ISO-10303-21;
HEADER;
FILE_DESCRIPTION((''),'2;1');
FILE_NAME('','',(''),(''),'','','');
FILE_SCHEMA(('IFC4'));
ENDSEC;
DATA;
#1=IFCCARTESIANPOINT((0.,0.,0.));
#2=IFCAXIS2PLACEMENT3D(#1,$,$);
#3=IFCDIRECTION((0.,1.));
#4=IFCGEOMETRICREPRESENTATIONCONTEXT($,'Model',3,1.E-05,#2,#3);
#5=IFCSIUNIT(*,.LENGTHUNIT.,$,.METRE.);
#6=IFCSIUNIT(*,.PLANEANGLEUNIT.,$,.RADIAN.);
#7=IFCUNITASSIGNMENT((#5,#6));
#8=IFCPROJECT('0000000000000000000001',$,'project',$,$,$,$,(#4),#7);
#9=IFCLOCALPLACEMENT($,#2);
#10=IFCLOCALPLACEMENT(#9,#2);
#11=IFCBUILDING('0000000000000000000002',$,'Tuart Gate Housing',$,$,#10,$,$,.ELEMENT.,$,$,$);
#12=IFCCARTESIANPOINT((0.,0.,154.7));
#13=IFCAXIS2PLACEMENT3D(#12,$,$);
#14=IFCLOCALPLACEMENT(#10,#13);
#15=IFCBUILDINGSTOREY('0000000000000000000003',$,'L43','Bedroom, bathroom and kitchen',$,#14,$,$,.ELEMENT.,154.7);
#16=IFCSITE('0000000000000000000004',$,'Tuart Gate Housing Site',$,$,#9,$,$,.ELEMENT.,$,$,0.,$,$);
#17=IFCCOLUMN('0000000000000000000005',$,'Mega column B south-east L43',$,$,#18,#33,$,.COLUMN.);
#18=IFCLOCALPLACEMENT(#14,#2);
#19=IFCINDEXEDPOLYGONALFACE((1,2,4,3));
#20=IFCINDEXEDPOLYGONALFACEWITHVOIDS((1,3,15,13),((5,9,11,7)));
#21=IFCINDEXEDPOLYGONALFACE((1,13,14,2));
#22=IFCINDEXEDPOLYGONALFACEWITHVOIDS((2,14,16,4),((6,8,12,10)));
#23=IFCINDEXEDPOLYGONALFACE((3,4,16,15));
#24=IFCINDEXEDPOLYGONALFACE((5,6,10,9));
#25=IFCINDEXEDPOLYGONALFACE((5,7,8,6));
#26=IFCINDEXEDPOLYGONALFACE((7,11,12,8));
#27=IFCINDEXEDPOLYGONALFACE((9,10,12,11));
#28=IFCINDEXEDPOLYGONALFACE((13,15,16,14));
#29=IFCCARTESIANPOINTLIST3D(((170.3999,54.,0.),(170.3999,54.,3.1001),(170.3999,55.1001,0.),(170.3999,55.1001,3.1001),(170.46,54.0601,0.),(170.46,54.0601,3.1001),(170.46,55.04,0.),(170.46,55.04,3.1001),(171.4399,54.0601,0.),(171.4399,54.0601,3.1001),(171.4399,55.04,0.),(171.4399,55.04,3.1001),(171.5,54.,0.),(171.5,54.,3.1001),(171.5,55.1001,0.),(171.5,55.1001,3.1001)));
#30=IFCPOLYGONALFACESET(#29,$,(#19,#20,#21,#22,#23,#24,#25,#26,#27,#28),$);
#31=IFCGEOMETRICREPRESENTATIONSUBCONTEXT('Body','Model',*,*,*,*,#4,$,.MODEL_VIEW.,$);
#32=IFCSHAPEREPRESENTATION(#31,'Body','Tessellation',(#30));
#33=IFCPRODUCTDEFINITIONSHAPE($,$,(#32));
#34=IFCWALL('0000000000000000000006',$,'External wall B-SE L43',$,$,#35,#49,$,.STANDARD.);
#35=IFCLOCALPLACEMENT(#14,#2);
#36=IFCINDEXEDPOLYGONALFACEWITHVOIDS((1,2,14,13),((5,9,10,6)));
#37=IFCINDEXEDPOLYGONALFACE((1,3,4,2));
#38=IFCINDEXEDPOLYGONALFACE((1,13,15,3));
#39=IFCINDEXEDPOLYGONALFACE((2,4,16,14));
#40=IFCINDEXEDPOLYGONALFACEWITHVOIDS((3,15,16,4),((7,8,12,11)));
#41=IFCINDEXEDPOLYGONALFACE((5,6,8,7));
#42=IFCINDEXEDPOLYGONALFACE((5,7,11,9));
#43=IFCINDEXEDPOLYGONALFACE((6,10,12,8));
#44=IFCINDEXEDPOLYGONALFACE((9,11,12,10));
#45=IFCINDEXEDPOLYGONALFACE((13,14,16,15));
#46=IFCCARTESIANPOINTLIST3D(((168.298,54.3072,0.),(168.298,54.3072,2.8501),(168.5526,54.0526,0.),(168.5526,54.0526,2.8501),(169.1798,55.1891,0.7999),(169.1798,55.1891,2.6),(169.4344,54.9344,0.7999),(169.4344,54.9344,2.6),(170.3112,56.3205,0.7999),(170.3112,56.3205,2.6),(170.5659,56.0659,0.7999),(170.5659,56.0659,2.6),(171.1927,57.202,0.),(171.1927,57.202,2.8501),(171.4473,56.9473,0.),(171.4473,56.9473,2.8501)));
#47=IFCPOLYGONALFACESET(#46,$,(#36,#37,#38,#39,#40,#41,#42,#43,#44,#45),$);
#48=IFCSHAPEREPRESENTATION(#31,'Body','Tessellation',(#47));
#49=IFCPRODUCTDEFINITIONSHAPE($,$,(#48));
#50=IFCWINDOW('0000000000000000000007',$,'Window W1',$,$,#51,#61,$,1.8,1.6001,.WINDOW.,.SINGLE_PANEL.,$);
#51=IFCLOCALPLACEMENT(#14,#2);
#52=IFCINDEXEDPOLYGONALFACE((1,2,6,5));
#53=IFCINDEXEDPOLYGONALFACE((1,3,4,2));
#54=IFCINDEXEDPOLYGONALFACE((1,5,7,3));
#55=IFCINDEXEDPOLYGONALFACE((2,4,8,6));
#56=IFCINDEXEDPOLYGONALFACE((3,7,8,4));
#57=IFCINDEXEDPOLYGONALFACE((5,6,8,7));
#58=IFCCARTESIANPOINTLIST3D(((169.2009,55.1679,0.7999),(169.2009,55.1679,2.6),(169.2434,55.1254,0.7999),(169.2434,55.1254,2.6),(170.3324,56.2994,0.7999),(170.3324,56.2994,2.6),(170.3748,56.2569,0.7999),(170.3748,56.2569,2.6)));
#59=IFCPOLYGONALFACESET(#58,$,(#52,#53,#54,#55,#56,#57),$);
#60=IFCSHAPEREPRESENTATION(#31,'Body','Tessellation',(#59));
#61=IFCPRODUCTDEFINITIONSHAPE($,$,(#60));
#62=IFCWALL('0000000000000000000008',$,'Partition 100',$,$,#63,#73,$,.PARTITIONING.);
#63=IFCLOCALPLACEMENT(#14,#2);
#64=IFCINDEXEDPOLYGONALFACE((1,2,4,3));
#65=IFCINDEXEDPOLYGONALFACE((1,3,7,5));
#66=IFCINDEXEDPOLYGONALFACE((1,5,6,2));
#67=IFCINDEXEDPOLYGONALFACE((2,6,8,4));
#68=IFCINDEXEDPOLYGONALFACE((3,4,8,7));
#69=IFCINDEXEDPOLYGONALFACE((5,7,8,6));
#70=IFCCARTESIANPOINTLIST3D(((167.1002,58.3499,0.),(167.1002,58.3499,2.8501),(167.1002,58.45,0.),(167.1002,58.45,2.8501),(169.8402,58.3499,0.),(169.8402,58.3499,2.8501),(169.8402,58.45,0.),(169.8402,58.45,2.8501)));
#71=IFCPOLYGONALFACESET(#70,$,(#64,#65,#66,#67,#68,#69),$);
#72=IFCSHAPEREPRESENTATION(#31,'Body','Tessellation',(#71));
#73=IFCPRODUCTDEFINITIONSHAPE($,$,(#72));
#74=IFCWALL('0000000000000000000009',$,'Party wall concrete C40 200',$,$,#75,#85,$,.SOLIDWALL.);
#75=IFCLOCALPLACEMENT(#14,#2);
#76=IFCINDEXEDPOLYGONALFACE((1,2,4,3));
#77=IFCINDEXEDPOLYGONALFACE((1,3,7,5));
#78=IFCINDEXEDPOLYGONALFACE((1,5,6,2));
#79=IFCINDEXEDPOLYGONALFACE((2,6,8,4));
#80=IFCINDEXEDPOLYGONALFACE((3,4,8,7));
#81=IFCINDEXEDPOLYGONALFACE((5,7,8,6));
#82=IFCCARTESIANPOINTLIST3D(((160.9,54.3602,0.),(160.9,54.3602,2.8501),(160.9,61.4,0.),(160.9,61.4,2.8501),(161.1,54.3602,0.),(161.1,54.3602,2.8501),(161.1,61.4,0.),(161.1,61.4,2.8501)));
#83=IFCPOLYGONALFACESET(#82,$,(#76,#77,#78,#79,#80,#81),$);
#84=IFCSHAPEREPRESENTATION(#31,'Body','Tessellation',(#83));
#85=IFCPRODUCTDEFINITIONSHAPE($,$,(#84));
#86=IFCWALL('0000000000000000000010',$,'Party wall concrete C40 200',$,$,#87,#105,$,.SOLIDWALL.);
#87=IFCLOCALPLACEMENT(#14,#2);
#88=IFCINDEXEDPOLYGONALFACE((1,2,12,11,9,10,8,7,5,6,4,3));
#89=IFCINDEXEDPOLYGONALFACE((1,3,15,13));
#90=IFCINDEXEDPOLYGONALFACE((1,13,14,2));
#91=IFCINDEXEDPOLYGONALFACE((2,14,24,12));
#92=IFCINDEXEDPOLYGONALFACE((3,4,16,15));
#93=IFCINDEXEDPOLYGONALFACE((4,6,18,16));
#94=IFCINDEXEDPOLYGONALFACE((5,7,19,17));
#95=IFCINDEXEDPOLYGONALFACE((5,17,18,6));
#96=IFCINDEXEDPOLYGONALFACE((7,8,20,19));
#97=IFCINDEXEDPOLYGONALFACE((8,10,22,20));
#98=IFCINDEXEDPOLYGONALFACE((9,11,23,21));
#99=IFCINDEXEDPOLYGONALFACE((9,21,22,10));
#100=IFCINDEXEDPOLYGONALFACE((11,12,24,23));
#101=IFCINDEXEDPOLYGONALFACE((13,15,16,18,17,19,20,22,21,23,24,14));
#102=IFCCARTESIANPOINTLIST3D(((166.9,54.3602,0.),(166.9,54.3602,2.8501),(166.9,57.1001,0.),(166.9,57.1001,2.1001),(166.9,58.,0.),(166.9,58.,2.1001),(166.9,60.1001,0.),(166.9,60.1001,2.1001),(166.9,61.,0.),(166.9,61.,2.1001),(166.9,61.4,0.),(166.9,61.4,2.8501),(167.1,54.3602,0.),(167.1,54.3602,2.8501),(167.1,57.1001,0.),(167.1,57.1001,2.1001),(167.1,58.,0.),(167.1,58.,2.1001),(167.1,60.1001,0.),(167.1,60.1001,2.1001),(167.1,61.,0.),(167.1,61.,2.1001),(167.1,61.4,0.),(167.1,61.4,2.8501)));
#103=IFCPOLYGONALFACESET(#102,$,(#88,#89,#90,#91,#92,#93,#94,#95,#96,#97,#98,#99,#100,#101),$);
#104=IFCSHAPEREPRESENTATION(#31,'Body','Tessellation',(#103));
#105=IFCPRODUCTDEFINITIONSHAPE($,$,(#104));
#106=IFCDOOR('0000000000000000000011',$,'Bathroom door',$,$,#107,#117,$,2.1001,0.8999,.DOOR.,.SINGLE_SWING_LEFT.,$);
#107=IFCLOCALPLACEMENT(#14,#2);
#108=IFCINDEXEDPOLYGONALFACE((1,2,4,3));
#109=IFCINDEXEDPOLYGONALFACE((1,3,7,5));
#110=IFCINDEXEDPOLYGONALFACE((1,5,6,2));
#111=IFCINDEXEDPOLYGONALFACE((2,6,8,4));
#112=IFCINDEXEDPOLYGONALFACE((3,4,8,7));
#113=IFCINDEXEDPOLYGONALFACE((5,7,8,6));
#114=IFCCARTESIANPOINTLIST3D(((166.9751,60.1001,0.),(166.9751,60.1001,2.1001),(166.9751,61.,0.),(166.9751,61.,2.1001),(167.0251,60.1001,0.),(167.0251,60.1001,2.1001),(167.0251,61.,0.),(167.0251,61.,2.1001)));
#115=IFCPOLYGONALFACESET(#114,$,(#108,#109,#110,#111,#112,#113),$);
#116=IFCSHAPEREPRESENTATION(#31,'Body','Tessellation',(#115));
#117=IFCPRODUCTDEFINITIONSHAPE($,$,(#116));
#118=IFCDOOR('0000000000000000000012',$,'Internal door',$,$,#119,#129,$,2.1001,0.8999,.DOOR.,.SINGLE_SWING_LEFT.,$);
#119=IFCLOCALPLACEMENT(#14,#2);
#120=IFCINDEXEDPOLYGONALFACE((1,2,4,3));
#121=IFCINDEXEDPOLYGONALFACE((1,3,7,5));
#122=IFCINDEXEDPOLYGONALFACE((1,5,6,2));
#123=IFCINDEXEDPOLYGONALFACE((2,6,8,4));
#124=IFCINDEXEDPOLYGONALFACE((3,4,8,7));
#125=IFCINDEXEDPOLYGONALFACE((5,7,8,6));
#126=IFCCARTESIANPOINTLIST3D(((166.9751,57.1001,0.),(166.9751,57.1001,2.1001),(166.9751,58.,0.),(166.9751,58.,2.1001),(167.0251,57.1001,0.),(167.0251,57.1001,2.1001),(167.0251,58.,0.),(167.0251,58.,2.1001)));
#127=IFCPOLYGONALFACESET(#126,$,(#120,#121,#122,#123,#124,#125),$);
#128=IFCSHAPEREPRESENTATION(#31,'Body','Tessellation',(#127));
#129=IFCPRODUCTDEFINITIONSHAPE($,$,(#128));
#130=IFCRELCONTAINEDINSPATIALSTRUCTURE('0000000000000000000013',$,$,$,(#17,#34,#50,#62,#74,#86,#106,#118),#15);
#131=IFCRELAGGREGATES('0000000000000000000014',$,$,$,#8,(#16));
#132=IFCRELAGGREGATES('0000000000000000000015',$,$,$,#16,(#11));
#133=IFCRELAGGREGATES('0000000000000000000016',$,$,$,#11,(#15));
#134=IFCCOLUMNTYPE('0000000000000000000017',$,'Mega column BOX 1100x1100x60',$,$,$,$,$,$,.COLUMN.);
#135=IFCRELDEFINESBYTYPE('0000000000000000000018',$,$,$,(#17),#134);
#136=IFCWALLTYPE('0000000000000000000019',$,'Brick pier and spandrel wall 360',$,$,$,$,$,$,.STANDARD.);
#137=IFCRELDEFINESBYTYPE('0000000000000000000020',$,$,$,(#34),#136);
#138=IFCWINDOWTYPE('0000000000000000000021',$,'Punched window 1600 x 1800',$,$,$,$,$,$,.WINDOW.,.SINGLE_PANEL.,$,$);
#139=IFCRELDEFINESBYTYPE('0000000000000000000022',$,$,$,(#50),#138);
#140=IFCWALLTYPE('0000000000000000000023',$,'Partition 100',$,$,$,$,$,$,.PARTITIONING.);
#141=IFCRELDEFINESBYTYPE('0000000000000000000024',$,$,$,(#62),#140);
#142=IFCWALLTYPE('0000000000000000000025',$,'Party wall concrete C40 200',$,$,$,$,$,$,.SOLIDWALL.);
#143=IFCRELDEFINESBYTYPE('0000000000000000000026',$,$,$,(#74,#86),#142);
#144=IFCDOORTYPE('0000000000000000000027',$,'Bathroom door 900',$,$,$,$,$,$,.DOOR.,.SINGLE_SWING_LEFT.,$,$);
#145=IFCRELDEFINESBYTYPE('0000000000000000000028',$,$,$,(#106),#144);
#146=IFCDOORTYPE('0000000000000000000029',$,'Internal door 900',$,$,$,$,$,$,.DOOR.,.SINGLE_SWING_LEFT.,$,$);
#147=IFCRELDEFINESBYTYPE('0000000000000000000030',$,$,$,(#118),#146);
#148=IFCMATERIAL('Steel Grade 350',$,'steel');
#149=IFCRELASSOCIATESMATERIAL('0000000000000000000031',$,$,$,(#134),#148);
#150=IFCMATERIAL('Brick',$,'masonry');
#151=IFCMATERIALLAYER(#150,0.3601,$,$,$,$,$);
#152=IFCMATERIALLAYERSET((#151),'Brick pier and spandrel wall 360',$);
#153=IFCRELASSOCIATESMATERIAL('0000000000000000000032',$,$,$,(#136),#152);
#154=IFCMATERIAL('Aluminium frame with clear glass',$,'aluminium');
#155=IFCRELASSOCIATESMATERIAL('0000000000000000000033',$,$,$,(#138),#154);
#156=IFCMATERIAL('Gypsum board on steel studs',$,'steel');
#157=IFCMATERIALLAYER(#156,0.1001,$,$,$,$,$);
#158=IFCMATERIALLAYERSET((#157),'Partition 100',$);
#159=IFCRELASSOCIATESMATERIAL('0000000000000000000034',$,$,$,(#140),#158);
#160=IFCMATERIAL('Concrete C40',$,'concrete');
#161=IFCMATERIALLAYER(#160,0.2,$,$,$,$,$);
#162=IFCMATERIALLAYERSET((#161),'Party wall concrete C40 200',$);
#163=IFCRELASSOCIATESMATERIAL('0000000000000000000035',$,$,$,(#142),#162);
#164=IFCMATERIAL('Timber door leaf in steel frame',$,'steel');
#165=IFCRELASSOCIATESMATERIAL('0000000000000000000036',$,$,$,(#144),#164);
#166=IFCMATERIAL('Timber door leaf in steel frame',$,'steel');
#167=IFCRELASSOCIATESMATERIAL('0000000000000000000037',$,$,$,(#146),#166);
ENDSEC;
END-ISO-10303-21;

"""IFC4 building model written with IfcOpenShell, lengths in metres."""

from ifc_helpers import new_model, si_unit, direction, frame, frame_2d, origin, origin_2d, place, context, subcontext, project, spatial, rectangle, hollow_rectangle, extrude, material, layer, layer_set, material_profile, profile_set, type_object, element, fill, save


model = new_model("IFC4")

# Units and contexts
model_context = context("Model", 3, precision=1e-05, world=origin(), true_north=direction((0.0, 1.0)))
body_context = subcontext(model_context, "Body", "Model", "MODEL_VIEW")
ifc_project = project(units=[si_unit("LENGTHUNIT", "METRE"), si_unit("PLANEANGLEUNIT", "RADIAN")], contexts=[model_context])

# Site, building, storey
site_placement = place(None, origin())
site = spatial("IfcSite", under=ifc_project, at=site_placement, Name="Tuart Gate Housing Site", CompositionType="ELEMENT", RefElevation=0.0)
building_placement = place(site_placement, origin())
building = spatial("IfcBuilding", under=site, at=building_placement, Name="Tuart Gate Housing", CompositionType="ELEMENT")
storey_placement = place(building_placement, frame((0.0, 0.0, 154.7)))
storey = spatial("IfcBuildingStorey", under=building, at=storey_placement, Name="L43", Description="Bedroom, bathroom and kitchen", CompositionType="ELEMENT", Elevation=154.7)

# Column
ifc_material_1 = material(Name="Steel Grade 350", Category="steel")
ifc_material_profile = material_profile(ifc_material_1, hollow_rectangle(XDim=1.1001, YDim=1.1001, WallThickness=0.0601, at=origin_2d()), Name="BOX 1100x1100x60")
ifc_profile_set = profile_set([ifc_material_profile], Name="Steel Grade 350")
column_type = type_object("IfcColumnType", Name="Mega column BOX 1100x1100x60", PredefinedType="COLUMN", material=ifc_profile_set)
column_placement = place(storey_placement, frame((170.95, 54.55, 0.0), z_axis=(0.0, 0.0, 1.0), x_axis=(1.0, 0.0, 0.0)))
element("IfcColumn", 1, at=column_placement, inside=storey, type_object=column_type, Name="Mega column B south-east L43", PredefinedType="COLUMN", context=body_context, shape_type="SweptSolid", body=[
    extrude(hollow_rectangle(XDim=1.1001, YDim=1.1001, WallThickness=0.0601, at=origin_2d()), origin(), (0.0, 0.0, 1.0), 3.1001),
])

# Wall, opening, window
ifc_material_2 = material(Name="Brick", Category="masonry")
ifc_layer_1 = layer(ifc_material_2, 0.3601)
ifc_layer_set_1 = layer_set([ifc_layer_1], Name="Brick pier and spandrel wall 360")
wall_type_1 = type_object("IfcWallType", Name="Brick pier and spandrel wall 360", PredefinedType="STANDARD", material=ifc_layer_set_1)
wall_1_placement = place(storey_placement, frame((168.4253, 54.1799, 0.0), z_axis=(0.0, 0.0, 1.0), x_axis=(0.707107, 0.707107, 0.0)))
wall_1 = element("IfcWall", 2, at=wall_1_placement, inside=storey, type_object=wall_type_1, Name="External wall B-SE L43", PredefinedType="STANDARD", context=body_context, shape_type="SweptSolid", body=[
    extrude(rectangle(XDim=4.0938, YDim=0.3601, at=frame_2d((2.0469, 0.0))), origin(), (0.0, 0.0, 1.0), 2.8501),
])
opening_1_placement = place(wall_1_placement, frame((1.2471, 0.0, 0.8)))
opening_1 = element("IfcOpeningElement", 3, at=opening_1_placement, cuts=wall_1, PredefinedType="OPENING", context=body_context, shape_type="SweptSolid", body=[
    extrude(rectangle(XDim=1.6001, YDim=1.8, at=frame_2d((0.8, 0.8999))), frame((0.0, 0.1899, 0.0), z_axis=(0.0, -1.0, 0.0), x_axis=(1.0, 0.0, 0.0)), (0.0, 0.0, 1.0), 0.3801),
])
ifc_material_3 = material(Name="Aluminium frame with clear glass", Category="aluminium")
window_type_1 = type_object("IfcWindowType", Name="Punched window 1600 x 1800", PartitioningType="SINGLE_PANEL", PredefinedType="WINDOW", material=ifc_material_3)
window_1_placement = place(opening_1_placement, origin())
window_1 = element("IfcWindow", 4, at=window_1_placement, inside=storey, type_object=window_type_1, Name="Window W1", OverallHeight=1.8, OverallWidth=1.6001, PartitioningType="SINGLE_PANEL", PredefinedType="WINDOW", context=body_context, shape_type="SweptSolid", body=[
    extrude(rectangle(XDim=1.6001, YDim=1.8, at=frame_2d((0.8, 0.8999))), frame((0.0, 0.1501, 0.0), z_axis=(0.0, -1.0, 0.0), x_axis=(1.0, 0.0, 0.0)), (0.0, 0.0, 1.0), 0.0601),
])
fill(opening_1, window_1)

# Walls
ifc_material_4 = material(Name="Gypsum board on steel studs", Category="steel")
ifc_layer_2 = layer(ifc_material_4, 0.1001)
ifc_layer_set_2 = layer_set([ifc_layer_2], Name="Partition 100")
wall_type_2 = type_object("IfcWallType", Name="Partition 100", PredefinedType="PARTITIONING", material=ifc_layer_set_2)
wall_2_placement = place(storey_placement, frame((167.1001, 58.3999, 0.0), z_axis=(0.0, 0.0, 1.0), x_axis=(1.0, 0.0, 0.0)))
element("IfcWall", 5, at=wall_2_placement, inside=storey, type_object=wall_type_2, Name="Partition 100", PredefinedType="PARTITIONING", context=body_context, shape_type="SweptSolid", body=[
    extrude(rectangle(XDim=2.74, YDim=0.1001, at=frame_2d((1.3701, 0.0))), origin(), (0.0, 0.0, 1.0), 2.8501),
])
ifc_material_5 = material(Name="Concrete C40", Category="concrete")
ifc_layer_3 = layer(ifc_material_5, 0.2)
ifc_layer_set_3 = layer_set([ifc_layer_3], Name="Party wall concrete C40 200")
wall_type_3 = type_object("IfcWallType", Name="Party wall concrete C40 200", PredefinedType="SOLIDWALL", material=ifc_layer_set_3)
wall_3_placement = place(storey_placement, frame((161.0, 54.3601, 0.0), z_axis=(0.0, 0.0, 1.0), x_axis=(0.0, 1.0, 0.0)))
element("IfcWall", 6, at=wall_3_placement, inside=storey, type_object=wall_type_3, Name="Party wall concrete C40 200", PredefinedType="SOLIDWALL", context=body_context, shape_type="SweptSolid", body=[
    extrude(rectangle(XDim=7.0398, YDim=0.2, at=frame_2d((3.52, 0.0))), origin(), (0.0, 0.0, 1.0), 2.8501),
])

# Wall, openings, doors
wall_4_placement = place(storey_placement, frame((167.0, 54.3601, 0.0), z_axis=(0.0, 0.0, 1.0), x_axis=(0.0, 1.0, 0.0)))
wall_4 = element("IfcWall", 7, at=wall_4_placement, inside=storey, type_object=wall_type_3, Name="Party wall concrete C40 200", PredefinedType="SOLIDWALL", context=body_context, shape_type="SweptSolid", body=[
    extrude(rectangle(XDim=7.0398, YDim=0.2, at=frame_2d((3.52, 0.0))), origin(), (0.0, 0.0, 1.0), 2.8501),
])
opening_2_placement = place(wall_4_placement, frame((2.74, 0.0, 0.0)))
opening_2 = element("IfcOpeningElement", 8, at=opening_2_placement, cuts=wall_4, PredefinedType="OPENING", context=body_context, shape_type="SweptSolid", body=[
    extrude(rectangle(XDim=0.8999, YDim=2.1001, at=frame_2d((0.45, 1.05))), frame((0.0, 0.1099, 0.0), z_axis=(0.0, -1.0, 0.0), x_axis=(1.0, 0.0, 0.0)), (0.0, 0.0, 1.0), 0.22),
])
opening_3_placement = place(wall_4_placement, frame((5.74, 0.0, 0.0)))
opening_3 = element("IfcOpeningElement", 9, at=opening_3_placement, cuts=wall_4, PredefinedType="OPENING", context=body_context, shape_type="SweptSolid", body=[
    extrude(rectangle(XDim=0.8999, YDim=2.1001, at=frame_2d((0.45, 1.05))), frame((0.0, 0.1099, 0.0), z_axis=(0.0, -1.0, 0.0), x_axis=(1.0, 0.0, 0.0)), (0.0, 0.0, 1.0), 0.22),
])
ifc_material_6 = material(Name="Timber door leaf in steel frame", Category="steel")
door_type_1 = type_object("IfcDoorType", Name="Bathroom door 900", OperationType="SINGLE_SWING_LEFT", PredefinedType="DOOR", material=ifc_material_6)
door_1_placement = place(opening_3_placement, frame((0.8999, 0.0, 0.0), z_axis=(0.0, 0.0, 1.0), x_axis=(-1.0, 0.0, 0.0)))
door_1 = element("IfcDoor", 10, at=door_1_placement, inside=storey, type_object=door_type_1, Name="Bathroom door", OperationType="SINGLE_SWING_LEFT", OverallHeight=2.1001, OverallWidth=0.8999, PredefinedType="DOOR", context=body_context, shape_type="SweptSolid", body=[
    extrude(rectangle(XDim=0.8999, YDim=2.1001, at=frame_2d((0.45, 1.05))), frame((0.0, 0.0251, 0.0), z_axis=(0.0, -1.0, 0.0), x_axis=(1.0, 0.0, 0.0)), (0.0, 0.0, 1.0), 0.05),
])
fill(opening_3, door_1)
ifc_material_7 = material(Name="Timber door leaf in steel frame", Category="steel")
door_type_2 = type_object("IfcDoorType", Name="Internal door 900", OperationType="SINGLE_SWING_LEFT", PredefinedType="DOOR", material=ifc_material_7)
door_2_placement = place(opening_2_placement, frame((0.8999, 0.0, 0.0), z_axis=(0.0, 0.0, 1.0), x_axis=(-1.0, 0.0, 0.0)))
door_2 = element("IfcDoor", 11, at=door_2_placement, inside=storey, type_object=door_type_2, Name="Internal door", OperationType="SINGLE_SWING_LEFT", OverallHeight=2.1001, OverallWidth=0.8999, PredefinedType="DOOR", context=body_context, shape_type="SweptSolid", body=[
    extrude(rectangle(XDim=0.8999, YDim=2.1001, at=frame_2d((0.45, 1.05))), frame((0.0, 0.0251, 0.0), z_axis=(0.0, -1.0, 0.0), x_axis=(1.0, 0.0, 0.0)), (0.0, 0.0, 1.0), 0.05),
])
fill(opening_2, door_2)

save(model, "model.ifc")
